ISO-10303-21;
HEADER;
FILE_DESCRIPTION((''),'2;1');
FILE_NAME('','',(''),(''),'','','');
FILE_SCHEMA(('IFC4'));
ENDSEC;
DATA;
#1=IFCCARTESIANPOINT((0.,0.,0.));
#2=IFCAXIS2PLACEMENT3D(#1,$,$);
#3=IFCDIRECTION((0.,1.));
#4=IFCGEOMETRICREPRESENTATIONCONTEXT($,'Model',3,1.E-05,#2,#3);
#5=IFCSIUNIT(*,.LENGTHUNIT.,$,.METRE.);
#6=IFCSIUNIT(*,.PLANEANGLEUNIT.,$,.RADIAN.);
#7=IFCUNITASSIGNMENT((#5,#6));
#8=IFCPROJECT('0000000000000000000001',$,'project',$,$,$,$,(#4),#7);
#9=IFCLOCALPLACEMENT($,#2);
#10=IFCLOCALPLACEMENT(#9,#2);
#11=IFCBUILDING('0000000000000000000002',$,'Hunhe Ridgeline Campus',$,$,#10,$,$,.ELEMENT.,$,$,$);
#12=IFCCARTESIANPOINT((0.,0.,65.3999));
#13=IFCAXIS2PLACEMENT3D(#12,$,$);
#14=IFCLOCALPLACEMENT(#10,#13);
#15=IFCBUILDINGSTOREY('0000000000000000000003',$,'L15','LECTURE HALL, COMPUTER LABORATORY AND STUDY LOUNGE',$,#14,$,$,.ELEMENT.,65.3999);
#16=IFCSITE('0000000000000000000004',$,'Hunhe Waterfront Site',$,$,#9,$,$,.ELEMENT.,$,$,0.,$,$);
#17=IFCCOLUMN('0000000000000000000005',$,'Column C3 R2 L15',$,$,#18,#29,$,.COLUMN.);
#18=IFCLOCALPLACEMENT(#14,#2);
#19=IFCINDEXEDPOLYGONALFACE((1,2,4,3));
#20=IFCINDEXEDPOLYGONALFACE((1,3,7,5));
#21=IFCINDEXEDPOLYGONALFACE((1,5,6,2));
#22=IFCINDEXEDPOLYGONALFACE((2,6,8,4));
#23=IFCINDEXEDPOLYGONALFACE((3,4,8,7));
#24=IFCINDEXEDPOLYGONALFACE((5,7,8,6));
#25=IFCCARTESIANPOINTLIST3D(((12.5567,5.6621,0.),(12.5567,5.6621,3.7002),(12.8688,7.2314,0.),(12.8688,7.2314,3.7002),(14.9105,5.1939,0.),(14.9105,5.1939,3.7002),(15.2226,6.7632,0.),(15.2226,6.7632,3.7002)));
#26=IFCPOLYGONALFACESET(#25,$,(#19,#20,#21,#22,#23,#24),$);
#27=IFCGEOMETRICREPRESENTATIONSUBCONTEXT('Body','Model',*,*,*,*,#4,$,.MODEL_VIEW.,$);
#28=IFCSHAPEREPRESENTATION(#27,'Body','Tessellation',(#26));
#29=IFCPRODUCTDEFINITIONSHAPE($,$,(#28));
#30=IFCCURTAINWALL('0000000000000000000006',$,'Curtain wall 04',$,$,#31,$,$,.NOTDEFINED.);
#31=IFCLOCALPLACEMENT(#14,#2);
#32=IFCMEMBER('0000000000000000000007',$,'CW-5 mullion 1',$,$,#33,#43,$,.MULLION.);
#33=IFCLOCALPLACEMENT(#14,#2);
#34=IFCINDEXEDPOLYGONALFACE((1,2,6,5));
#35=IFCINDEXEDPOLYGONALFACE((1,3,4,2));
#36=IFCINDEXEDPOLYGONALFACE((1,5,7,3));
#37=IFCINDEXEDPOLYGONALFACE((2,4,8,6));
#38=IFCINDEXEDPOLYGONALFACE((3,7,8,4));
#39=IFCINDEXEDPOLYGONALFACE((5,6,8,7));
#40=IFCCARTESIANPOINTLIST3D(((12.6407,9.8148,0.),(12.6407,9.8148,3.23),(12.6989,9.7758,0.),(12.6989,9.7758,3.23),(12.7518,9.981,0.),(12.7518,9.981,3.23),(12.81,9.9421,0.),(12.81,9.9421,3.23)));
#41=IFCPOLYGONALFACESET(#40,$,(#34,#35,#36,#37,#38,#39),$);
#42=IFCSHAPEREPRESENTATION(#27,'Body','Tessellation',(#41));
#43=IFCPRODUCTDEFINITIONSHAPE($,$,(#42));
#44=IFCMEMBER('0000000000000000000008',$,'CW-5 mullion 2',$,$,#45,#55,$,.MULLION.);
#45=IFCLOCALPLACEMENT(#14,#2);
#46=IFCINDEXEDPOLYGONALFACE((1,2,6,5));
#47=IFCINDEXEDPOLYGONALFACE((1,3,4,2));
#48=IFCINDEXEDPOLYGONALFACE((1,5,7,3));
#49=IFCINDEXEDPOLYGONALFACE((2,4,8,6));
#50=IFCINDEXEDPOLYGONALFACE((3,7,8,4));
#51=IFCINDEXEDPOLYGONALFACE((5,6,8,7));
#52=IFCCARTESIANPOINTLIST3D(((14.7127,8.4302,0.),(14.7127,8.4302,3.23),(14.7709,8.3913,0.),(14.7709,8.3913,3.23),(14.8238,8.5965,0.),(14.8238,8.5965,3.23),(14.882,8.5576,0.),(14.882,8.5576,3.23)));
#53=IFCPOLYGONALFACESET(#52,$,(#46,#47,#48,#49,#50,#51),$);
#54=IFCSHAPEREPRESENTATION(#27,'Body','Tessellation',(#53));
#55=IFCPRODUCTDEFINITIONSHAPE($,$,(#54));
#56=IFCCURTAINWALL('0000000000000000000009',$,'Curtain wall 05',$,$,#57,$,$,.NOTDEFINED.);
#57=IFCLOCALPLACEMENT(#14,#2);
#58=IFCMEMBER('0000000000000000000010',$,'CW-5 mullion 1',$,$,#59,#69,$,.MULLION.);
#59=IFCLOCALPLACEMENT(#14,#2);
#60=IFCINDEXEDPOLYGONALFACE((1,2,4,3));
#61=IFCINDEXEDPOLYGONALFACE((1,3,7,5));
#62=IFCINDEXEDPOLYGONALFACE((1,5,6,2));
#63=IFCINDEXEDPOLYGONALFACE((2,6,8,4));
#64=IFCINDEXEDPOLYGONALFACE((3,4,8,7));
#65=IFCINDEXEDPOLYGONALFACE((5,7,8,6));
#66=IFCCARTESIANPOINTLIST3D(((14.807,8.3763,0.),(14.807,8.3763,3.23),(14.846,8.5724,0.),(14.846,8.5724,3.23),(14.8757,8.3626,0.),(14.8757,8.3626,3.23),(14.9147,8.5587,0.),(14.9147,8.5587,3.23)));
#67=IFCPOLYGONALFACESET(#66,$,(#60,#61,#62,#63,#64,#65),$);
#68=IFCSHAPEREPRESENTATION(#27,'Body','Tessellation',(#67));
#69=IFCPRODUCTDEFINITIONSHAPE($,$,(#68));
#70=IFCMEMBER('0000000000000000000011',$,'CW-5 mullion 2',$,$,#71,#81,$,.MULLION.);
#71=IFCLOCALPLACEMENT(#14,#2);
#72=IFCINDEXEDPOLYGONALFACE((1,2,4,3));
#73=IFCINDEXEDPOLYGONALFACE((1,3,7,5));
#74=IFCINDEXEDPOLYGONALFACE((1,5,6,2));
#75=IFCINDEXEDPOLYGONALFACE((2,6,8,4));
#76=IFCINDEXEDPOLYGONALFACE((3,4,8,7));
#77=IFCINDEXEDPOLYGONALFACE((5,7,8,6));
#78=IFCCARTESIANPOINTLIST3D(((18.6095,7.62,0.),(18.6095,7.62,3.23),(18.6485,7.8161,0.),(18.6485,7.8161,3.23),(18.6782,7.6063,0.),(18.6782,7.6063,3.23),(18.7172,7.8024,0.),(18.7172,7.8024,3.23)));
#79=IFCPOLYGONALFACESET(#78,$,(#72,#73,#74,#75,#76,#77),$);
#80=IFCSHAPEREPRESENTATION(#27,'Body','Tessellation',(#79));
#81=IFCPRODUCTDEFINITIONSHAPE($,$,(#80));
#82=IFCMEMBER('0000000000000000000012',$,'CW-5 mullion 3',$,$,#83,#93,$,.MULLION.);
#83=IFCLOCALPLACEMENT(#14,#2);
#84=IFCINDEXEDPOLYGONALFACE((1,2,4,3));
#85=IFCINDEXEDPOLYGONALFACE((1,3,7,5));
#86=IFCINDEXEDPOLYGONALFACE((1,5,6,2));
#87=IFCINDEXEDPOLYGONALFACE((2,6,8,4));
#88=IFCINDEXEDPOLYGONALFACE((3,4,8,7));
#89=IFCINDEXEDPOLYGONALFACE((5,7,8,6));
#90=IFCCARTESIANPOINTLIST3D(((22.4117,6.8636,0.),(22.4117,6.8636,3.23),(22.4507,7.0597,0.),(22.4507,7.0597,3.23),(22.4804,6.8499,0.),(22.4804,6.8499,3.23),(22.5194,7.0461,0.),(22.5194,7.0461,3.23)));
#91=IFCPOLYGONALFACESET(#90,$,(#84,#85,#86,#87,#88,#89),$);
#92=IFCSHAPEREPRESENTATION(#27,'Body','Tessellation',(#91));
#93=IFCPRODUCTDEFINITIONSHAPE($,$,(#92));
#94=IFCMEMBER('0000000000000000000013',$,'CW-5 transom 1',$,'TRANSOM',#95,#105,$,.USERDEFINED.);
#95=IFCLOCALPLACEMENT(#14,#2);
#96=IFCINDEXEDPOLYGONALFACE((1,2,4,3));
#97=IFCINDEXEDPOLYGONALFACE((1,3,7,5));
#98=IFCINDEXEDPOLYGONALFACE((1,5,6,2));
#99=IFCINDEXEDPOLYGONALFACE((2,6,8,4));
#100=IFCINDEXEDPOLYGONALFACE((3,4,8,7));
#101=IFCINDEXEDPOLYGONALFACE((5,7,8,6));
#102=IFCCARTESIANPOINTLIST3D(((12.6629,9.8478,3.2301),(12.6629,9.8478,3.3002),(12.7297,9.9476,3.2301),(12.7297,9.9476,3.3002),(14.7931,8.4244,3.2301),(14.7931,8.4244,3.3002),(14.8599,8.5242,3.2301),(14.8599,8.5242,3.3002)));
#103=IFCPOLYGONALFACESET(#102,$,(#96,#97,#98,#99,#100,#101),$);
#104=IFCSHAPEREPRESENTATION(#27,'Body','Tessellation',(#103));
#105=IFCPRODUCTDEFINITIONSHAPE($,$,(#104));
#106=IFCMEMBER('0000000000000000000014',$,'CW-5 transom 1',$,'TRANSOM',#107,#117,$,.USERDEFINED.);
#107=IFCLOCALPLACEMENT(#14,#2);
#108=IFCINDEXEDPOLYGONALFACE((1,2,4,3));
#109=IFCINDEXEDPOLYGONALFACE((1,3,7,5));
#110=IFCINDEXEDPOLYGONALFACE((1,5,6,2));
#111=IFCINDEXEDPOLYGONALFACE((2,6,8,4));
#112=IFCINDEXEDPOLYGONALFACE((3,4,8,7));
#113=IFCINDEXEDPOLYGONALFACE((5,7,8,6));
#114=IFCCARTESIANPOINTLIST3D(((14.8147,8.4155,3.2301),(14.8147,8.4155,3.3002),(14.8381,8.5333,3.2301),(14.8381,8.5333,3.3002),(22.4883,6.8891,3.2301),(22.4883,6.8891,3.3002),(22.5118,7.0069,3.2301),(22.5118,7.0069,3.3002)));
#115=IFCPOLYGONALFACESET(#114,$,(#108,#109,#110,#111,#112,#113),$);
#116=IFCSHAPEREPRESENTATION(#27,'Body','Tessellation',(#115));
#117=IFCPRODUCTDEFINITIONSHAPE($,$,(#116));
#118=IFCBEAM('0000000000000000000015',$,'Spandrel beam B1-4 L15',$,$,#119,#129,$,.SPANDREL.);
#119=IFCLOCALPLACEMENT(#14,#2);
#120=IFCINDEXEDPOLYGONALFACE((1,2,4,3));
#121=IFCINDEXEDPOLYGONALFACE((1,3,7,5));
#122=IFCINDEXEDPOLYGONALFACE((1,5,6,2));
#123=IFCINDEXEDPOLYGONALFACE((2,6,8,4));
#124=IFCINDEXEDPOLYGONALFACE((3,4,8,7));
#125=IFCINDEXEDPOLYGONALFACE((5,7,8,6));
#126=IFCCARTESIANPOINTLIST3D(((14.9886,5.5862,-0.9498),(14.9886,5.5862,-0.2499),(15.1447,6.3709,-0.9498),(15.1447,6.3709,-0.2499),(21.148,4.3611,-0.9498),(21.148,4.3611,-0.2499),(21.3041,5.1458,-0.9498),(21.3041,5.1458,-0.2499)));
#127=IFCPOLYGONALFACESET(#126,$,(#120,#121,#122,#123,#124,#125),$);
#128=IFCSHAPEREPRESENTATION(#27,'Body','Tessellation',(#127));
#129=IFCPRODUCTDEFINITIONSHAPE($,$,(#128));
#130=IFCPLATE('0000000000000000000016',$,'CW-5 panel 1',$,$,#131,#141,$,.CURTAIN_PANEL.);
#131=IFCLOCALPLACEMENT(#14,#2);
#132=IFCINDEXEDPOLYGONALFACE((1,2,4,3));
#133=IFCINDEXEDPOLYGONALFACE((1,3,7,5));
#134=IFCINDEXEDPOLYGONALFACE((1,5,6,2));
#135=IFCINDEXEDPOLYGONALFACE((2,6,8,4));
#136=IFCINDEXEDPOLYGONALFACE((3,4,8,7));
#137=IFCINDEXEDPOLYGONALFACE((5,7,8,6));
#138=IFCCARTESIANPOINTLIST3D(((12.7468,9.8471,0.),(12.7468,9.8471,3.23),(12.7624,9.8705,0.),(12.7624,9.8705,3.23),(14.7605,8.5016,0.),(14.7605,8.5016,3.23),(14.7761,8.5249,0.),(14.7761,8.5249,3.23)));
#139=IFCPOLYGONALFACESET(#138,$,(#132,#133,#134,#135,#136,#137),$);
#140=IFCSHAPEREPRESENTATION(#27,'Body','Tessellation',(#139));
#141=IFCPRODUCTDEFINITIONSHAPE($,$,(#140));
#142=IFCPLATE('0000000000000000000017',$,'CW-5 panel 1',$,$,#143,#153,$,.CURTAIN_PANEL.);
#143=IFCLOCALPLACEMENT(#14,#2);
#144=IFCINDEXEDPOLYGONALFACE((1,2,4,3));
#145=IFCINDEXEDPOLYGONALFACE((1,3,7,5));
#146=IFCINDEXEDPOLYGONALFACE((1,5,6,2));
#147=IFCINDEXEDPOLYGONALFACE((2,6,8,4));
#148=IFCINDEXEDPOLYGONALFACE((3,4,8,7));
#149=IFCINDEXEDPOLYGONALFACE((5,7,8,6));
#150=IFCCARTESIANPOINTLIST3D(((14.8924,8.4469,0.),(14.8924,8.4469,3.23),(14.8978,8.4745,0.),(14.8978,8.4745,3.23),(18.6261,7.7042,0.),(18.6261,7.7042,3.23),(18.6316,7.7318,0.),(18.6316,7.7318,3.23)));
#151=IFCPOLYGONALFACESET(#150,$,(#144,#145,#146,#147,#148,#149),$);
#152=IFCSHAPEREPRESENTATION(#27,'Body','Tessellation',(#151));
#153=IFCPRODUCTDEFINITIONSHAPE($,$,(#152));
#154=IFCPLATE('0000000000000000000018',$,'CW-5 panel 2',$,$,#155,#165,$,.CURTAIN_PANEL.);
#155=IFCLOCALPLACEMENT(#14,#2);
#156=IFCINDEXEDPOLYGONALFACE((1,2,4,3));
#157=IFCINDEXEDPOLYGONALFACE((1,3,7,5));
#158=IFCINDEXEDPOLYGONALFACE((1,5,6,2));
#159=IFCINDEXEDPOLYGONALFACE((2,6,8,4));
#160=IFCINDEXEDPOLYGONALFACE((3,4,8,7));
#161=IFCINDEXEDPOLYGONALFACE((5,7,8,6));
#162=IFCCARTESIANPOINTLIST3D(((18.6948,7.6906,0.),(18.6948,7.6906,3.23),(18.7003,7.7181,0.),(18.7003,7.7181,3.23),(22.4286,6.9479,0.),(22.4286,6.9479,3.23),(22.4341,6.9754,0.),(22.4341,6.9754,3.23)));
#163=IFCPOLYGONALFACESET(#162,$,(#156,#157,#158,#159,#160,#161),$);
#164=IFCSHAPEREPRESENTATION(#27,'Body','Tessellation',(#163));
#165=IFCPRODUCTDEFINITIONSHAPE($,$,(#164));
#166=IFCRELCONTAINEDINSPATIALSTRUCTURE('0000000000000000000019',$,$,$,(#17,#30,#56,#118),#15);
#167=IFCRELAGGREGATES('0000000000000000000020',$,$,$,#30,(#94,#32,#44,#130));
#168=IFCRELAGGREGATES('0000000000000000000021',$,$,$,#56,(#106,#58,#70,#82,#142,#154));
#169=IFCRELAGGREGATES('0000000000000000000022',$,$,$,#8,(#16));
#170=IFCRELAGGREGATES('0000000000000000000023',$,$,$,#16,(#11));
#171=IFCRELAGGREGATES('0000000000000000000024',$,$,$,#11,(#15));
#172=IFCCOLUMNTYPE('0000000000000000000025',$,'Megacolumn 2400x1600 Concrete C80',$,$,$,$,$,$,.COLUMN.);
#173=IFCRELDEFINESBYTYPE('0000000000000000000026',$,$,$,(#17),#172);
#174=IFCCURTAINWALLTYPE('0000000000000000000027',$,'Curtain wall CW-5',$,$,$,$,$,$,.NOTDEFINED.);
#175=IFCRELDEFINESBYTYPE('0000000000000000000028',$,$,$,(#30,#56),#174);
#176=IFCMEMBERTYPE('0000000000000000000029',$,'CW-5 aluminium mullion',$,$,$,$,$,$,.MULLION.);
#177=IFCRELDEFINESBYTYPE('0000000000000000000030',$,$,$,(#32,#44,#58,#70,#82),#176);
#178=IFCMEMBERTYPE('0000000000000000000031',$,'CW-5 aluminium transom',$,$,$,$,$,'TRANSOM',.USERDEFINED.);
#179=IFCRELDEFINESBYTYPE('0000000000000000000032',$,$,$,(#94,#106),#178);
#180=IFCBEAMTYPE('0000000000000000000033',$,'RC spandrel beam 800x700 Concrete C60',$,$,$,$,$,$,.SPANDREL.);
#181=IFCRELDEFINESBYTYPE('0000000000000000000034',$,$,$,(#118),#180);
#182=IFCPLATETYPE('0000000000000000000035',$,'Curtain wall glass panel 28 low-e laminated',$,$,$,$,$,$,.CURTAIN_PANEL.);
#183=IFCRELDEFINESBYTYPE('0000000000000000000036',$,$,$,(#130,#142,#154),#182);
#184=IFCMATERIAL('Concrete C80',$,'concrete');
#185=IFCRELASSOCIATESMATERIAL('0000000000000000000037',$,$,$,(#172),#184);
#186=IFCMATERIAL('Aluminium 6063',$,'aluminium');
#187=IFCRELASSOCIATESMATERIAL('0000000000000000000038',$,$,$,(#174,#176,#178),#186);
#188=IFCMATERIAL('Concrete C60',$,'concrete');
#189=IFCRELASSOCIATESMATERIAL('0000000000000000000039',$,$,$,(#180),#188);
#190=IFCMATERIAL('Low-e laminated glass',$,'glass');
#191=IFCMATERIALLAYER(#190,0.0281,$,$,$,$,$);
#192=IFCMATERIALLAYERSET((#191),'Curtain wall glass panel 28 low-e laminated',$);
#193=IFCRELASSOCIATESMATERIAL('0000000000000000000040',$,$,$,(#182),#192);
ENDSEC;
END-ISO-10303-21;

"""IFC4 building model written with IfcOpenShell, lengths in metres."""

from ifc_helpers import new_model, si_unit, direction, frame, origin, origin_2d, place, context, subcontext, project, spatial, rectangle, extrude, material, layer, layer_set, material_profile, profile_set, type_object, element, aggregate, save


model = new_model("IFC4")

# Units and contexts
model_context = context("Model", 3, precision=1e-05, world=origin(), true_north=direction((0.0, 1.0)))
body_context = subcontext(model_context, "Body", "Model", "MODEL_VIEW")
ifc_project = project(units=[si_unit("LENGTHUNIT", "METRE"), si_unit("PLANEANGLEUNIT", "RADIAN")], contexts=[model_context])

# Site, building, storey
site_placement = place(None, origin())
site = spatial("IfcSite", under=ifc_project, at=site_placement, Name="Hunhe Waterfront Site", CompositionType="ELEMENT", RefElevation=0.0)
building_placement = place(site_placement, origin())
building = spatial("IfcBuilding", under=site, at=building_placement, Name="Hunhe Ridgeline Campus", CompositionType="ELEMENT")
storey_placement = place(building_placement, frame((0.0, 0.0, 65.3999)))
storey = spatial("IfcBuildingStorey", under=building, at=storey_placement, Name="L15", Description="LECTURE HALL, COMPUTER LABORATORY AND STUDY LOUNGE", CompositionType="ELEMENT", Elevation=65.3999)

# Column
ifc_material_1 = material(Name="Concrete C80", Category="concrete")
ifc_material_profile_1 = material_profile(ifc_material_1, rectangle(XDim=2.3999, YDim=1.6001, at=origin_2d()))
ifc_profile_set_1 = profile_set([ifc_material_profile_1], Name="Concrete C80")
column_type = type_object("IfcColumnType", Name="Megacolumn 2400x1600 Concrete C80", PredefinedType="COLUMN", material=ifc_profile_set_1)
column_placement = place(storey_placement, frame((13.8896, 6.2126, 0.0), z_axis=(0.0, 0.0, 1.0), x_axis=(-0.980785, 0.19509, 0.0)))
element("IfcColumn", 1, at=column_placement, inside=storey, type_object=column_type, Name="Column C3 R2 L15", PredefinedType="COLUMN", context=body_context, shape_type="SweptSolid", body=[
    extrude(rectangle(XDim=2.3999, YDim=1.6001, at=origin_2d()), origin(), (0.0, 0.0, 1.0), 3.7002),
])

# Curtain walls, members
ifc_material_2 = material(Name="Aluminium 6063", Category="aluminium")
curtain_wall_type = type_object("IfcCurtainWallType", Name="Curtain wall CW-5", PredefinedType="NOTDEFINED", material=ifc_material_2)
curtain_wall_1_placement = place(storey_placement, origin())
curtain_wall_1 = element("IfcCurtainWall", 2, at=curtain_wall_1_placement, inside=storey, type_object=curtain_wall_type, Name="Curtain wall 04", PredefinedType="NOTDEFINED")
ifc_material_profile_2 = material_profile(ifc_material_2, rectangle(XDim=0.2, YDim=0.0701, at=origin_2d()))
ifc_profile_set_2 = profile_set([ifc_material_profile_2], Name="Aluminium 6063")
member_type_1 = type_object("IfcMemberType", Name="CW-5 aluminium mullion", PredefinedType="MULLION", material=ifc_profile_set_2)
member_1_placement = place(storey_placement, frame((12.7253, 9.8784, 0.0), z_axis=(0.0, 0.0, 1.0), x_axis=(0.55557, 0.83147, 0.0)))
member_1 = element("IfcMember", 3, at=member_1_placement, type_object=member_type_1, Name="CW-5 mullion 1", PredefinedType="MULLION", context=body_context, shape_type="SweptSolid", body=[
    extrude(rectangle(XDim=0.2, YDim=0.0701, at=origin_2d()), origin(), (0.0, 0.0, 1.0), 3.23),
])
member_2_placement = place(storey_placement, frame((14.7974, 8.4939, 0.0), z_axis=(0.0, 0.0, 1.0), x_axis=(0.55557, 0.83147, 0.0)))
member_2 = element("IfcMember", 4, at=member_2_placement, type_object=member_type_1, Name="CW-5 mullion 2", PredefinedType="MULLION", context=body_context, shape_type="SweptSolid", body=[
    extrude(rectangle(XDim=0.2, YDim=0.0701, at=origin_2d()), origin(), (0.0, 0.0, 1.0), 3.23),
])
curtain_wall_2_placement = place(storey_placement, origin())
curtain_wall_2 = element("IfcCurtainWall", 5, at=curtain_wall_2_placement, inside=storey, type_object=curtain_wall_type, Name="Curtain wall 05", PredefinedType="NOTDEFINED")
member_3_placement = place(storey_placement, frame((14.8608, 8.4675, 0.0), z_axis=(0.0, 0.0, 1.0), x_axis=(0.19509, 0.980785, 0.0)))
member_3 = element("IfcMember", 6, at=member_3_placement, type_object=member_type_1, Name="CW-5 mullion 1", PredefinedType="MULLION", context=body_context, shape_type="SweptSolid", body=[
    extrude(rectangle(XDim=0.2, YDim=0.0701, at=origin_2d()), origin(), (0.0, 0.0, 1.0), 3.23),
])
member_4_placement = place(storey_placement, frame((18.6633, 7.7112, 0.0), z_axis=(0.0, 0.0, 1.0), x_axis=(0.19509, 0.980785, 0.0)))
member_4 = element("IfcMember", 7, at=member_4_placement, type_object=member_type_1, Name="CW-5 mullion 2", PredefinedType="MULLION", context=body_context, shape_type="SweptSolid", body=[
    extrude(rectangle(XDim=0.2, YDim=0.0701, at=origin_2d()), origin(), (0.0, 0.0, 1.0), 3.23),
])
member_5_placement = place(storey_placement, frame((22.4656, 6.9548, 0.0), z_axis=(0.0, 0.0, 1.0), x_axis=(0.19509, 0.980785, 0.0)))
member_5 = element("IfcMember", 8, at=member_5_placement, type_object=member_type_1, Name="CW-5 mullion 3", PredefinedType="MULLION", context=body_context, shape_type="SweptSolid", body=[
    extrude(rectangle(XDim=0.2, YDim=0.0701, at=origin_2d()), origin(), (0.0, 0.0, 1.0), 3.23),
])

# Members
ifc_material_profile_3 = material_profile(ifc_material_2, rectangle(XDim=0.1201, YDim=0.0701, at=origin_2d()))
ifc_profile_set_3 = profile_set([ifc_material_profile_3], Name="Aluminium 6063")
member_type_2 = type_object("IfcMemberType", Name="CW-5 aluminium transom", ElementType="TRANSOM", PredefinedType="USERDEFINED", material=ifc_profile_set_3)
member_6_placement = place(storey_placement, frame((12.6963, 9.8977, 3.2651), z_axis=(0.831463, -0.55558, 0.0), x_axis=(0.55558, 0.831463, 0.0)))
member_6 = element("IfcMember", 9, at=member_6_placement, type_object=member_type_2, Name="CW-5 transom 1", ObjectType="TRANSOM", PredefinedType="USERDEFINED", context=body_context, shape_type="SweptSolid", body=[
    extrude(rectangle(XDim=0.1201, YDim=0.0701, at=origin_2d()), origin(), (0.0, 0.0, 1.0), 2.562),
])
member_7_placement = place(storey_placement, frame((14.8264, 8.4744, 3.2651), z_axis=(0.980785, -0.19509, 0.0), x_axis=(0.19509, 0.980785, 0.0)))
member_7 = element("IfcMember", 10, at=member_7_placement, type_object=member_type_2, Name="CW-5 transom 1", ObjectType="TRANSOM", PredefinedType="USERDEFINED", context=body_context, shape_type="SweptSolid", body=[
    extrude(rectangle(XDim=0.1201, YDim=0.0701, at=origin_2d()), origin(), (0.0, 0.0, 1.0), 7.824),
])

# Beam
ifc_material_3 = material(Name="Concrete C60", Category="concrete")
ifc_material_profile_4 = material_profile(ifc_material_3, rectangle(XDim=0.8, YDim=0.7, at=origin_2d()))
ifc_profile_set_4 = profile_set([ifc_material_profile_4], Name="Concrete C60")
beam_type = type_object("IfcBeamType", Name="RC spandrel beam 800x700 Concrete C60", PredefinedType="SPANDREL", material=ifc_profile_set_4)
beam_placement = place(storey_placement, frame((15.0667, 5.9785, -0.5999), z_axis=(0.980788, -0.195077, 0.0), x_axis=(0.195077, 0.980788, 0.0)))
element("IfcBeam", 11, at=beam_placement, inside=storey, type_object=beam_type, Name="Spandrel beam B1-4 L15", PredefinedType="SPANDREL", context=body_context, shape_type="SweptSolid", body=[
    extrude(rectangle(XDim=0.8, YDim=0.7, at=origin_2d()), origin(), (0.0, 0.0, 1.0), 6.28),
])

# Plates
ifc_material_4 = material(Name="Low-e laminated glass", Category="glass")
ifc_layer_1 = layer(ifc_material_4, 0.0281)
ifc_layer_set_1 = layer_set([ifc_layer_1], Name="Curtain wall glass panel 28 low-e laminated")
plate_type = type_object("IfcPlateType", Name="Curtain wall glass panel 28 low-e laminated", PredefinedType="CURTAIN_PANEL", material=ifc_layer_set_1)
plate_1_placement = place(storey_placement, frame((13.7615, 9.186, 0.0), z_axis=(0.0, 0.0, 1.0), x_axis=(0.83147, -0.55557, 0.0)))
plate_1 = element("IfcPlate", 12, at=plate_1_placement, type_object=plate_type, Name="CW-5 panel 1", PredefinedType="CURTAIN_PANEL", context=body_context, shape_type="SweptSolid", body=[
    extrude(rectangle(XDim=2.4219, YDim=0.0281, at=origin_2d()), origin(), (0.0, 0.0, 1.0), 3.23),
])
aggregate(curtain_wall_1, [member_6, member_1, member_2, plate_1])
plate_2_placement = place(storey_placement, frame((16.762, 8.0894, 0.0), z_axis=(0.0, 0.0, 1.0), x_axis=(0.980785, -0.19509, 0.0)))
plate_2 = element("IfcPlate", 13, at=plate_2_placement, type_object=plate_type, Name="CW-5 panel 1", PredefinedType="CURTAIN_PANEL", context=body_context, shape_type="SweptSolid", body=[
    extrude(rectangle(XDim=3.8069, YDim=0.0281, at=origin_2d()), origin(), (0.0, 0.0, 1.0), 3.23),
])
plate_3_placement = place(storey_placement, frame((20.5645, 7.333, 0.0), z_axis=(0.0, 0.0, 1.0), x_axis=(0.980785, -0.19509, 0.0)))
plate_3 = element("IfcPlate", 14, at=plate_3_placement, type_object=plate_type, Name="CW-5 panel 2", PredefinedType="CURTAIN_PANEL", context=body_context, shape_type="SweptSolid", body=[
    extrude(rectangle(XDim=3.8069, YDim=0.0281, at=origin_2d()), origin(), (0.0, 0.0, 1.0), 3.23),
])
aggregate(curtain_wall_2, [member_7, member_3, member_4, member_5, plate_2, plate_3])

save(model, "model.ifc")
